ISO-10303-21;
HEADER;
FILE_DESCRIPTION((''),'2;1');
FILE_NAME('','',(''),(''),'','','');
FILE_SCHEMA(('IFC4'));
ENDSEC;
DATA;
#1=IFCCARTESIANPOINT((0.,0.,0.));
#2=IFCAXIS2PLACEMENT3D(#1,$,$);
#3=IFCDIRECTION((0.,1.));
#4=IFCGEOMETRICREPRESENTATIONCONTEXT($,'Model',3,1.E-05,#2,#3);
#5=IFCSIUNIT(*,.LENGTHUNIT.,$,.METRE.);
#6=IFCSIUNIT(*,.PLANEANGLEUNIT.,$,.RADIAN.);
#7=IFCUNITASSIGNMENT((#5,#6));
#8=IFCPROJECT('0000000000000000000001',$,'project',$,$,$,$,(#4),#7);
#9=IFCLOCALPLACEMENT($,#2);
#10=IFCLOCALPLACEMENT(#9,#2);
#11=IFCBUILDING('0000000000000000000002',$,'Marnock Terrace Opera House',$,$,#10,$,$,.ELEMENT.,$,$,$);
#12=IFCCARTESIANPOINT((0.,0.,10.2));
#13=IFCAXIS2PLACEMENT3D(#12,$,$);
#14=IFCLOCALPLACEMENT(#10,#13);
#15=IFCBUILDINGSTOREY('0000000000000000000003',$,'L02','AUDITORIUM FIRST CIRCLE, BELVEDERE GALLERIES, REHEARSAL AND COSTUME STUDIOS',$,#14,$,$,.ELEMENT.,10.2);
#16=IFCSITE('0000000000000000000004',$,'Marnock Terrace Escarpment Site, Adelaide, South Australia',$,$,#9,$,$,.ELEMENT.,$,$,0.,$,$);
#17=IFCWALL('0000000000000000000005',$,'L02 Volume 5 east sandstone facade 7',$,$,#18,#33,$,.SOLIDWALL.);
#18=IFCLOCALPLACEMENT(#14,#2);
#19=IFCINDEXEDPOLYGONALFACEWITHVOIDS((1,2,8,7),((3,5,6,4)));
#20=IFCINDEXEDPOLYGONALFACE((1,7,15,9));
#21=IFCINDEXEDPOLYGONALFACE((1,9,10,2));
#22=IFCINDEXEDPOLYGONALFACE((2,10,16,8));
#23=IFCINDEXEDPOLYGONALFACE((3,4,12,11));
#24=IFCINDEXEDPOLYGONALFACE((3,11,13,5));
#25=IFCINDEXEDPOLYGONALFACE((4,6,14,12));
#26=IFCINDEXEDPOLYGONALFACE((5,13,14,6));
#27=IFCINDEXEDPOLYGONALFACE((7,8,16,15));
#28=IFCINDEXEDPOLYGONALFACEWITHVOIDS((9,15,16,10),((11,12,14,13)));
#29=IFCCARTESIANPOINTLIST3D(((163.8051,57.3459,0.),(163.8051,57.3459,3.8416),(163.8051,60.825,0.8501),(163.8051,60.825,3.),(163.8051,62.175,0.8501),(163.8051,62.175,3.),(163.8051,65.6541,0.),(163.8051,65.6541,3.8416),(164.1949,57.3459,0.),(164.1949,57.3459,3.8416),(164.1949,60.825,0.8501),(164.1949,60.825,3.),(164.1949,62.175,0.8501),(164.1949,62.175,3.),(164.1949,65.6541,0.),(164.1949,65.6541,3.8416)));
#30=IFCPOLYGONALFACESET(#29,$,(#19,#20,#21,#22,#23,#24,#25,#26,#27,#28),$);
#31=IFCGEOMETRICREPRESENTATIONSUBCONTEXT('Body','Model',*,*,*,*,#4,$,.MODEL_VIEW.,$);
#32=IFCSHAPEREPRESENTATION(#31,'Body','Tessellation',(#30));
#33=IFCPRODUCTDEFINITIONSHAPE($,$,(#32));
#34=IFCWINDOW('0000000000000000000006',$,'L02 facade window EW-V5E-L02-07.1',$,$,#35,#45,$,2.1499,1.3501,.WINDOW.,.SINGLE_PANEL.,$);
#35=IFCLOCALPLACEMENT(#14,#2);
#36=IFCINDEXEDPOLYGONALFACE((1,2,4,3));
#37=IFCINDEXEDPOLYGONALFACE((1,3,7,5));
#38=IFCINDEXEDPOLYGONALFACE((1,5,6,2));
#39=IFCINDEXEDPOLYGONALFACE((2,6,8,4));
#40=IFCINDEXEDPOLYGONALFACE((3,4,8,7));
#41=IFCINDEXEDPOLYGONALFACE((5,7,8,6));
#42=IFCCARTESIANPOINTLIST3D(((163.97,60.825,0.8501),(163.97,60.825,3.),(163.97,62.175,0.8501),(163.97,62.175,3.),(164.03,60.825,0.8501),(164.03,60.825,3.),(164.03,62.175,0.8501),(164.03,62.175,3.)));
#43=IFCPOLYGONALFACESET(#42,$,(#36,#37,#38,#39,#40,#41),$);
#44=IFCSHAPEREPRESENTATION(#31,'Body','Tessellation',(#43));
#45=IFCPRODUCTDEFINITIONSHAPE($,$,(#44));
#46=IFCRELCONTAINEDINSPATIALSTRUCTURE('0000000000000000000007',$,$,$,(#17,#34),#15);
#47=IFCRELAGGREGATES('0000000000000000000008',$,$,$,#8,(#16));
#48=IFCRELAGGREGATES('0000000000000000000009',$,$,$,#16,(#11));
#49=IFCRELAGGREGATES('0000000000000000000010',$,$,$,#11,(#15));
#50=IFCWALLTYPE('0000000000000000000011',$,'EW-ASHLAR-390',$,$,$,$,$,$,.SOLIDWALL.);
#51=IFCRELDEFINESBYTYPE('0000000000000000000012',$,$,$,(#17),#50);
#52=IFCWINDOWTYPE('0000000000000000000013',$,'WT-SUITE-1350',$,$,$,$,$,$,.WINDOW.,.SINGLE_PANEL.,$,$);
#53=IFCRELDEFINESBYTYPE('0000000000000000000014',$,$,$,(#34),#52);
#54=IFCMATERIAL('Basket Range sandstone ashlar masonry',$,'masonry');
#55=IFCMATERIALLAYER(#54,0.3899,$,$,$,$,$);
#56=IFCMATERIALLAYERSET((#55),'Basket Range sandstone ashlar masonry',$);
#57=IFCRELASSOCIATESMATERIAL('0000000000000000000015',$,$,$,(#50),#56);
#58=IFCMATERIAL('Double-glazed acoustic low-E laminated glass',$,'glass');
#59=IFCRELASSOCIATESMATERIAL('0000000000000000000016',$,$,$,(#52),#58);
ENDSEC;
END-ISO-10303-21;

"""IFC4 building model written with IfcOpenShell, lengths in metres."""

from ifc_helpers import new_model, si_unit, direction, frame, frame_2d, origin, place, context, subcontext, project, spatial, rectangle, extrude, material, layer, layer_set, type_object, element, fill, save


model = new_model("IFC4")

# Units and contexts
model_context = context("Model", 3, precision=1e-05, world=origin(), true_north=direction((0.0, 1.0)))
body_context = subcontext(model_context, "Body", "Model", "MODEL_VIEW")
ifc_project = project(units=[si_unit("LENGTHUNIT", "METRE"), si_unit("PLANEANGLEUNIT", "RADIAN")], contexts=[model_context])

# Site, building, storey
site_placement = place(None, origin())
site = spatial("IfcSite", under=ifc_project, at=site_placement, Name="Marnock Terrace Escarpment Site, Adelaide, South Australia", CompositionType="ELEMENT", RefElevation=0.0)
building_placement = place(site_placement, origin())
building = spatial("IfcBuilding", under=site, at=building_placement, Name="Marnock Terrace Opera House", CompositionType="ELEMENT")
storey_placement = place(building_placement, frame((0.0, 0.0, 10.2)))
storey = spatial("IfcBuildingStorey", under=building, at=storey_placement, Name="L02", Description="AUDITORIUM FIRST CIRCLE, BELVEDERE GALLERIES, REHEARSAL AND COSTUME STUDIOS", CompositionType="ELEMENT", Elevation=10.2)

# Shared definitions
ifc_material_1 = material(Name="Double-glazed acoustic low-E laminated glass", Category="glass")

# Wall, opening, window
ifc_material_2 = material(Name="Basket Range sandstone ashlar masonry", Category="masonry")
ifc_layer_1 = layer(ifc_material_2, 0.3899)
ifc_layer_set_1 = layer_set([ifc_layer_1], Name="Basket Range sandstone ashlar masonry")
wall_type = type_object("IfcWallType", Name="EW-ASHLAR-390", PredefinedType="SOLIDWALL", material=ifc_layer_set_1)
wall_placement = place(storey_placement, frame((164.0, 57.3459, 0.0), z_axis=(0.0, 0.0, 1.0), x_axis=(0.0, 1.0, 0.0)))
wall = element("IfcWall", 1, at=wall_placement, inside=storey, type_object=wall_type, Name="L02 Volume 5 east sandstone facade 7", PredefinedType="SOLIDWALL", context=body_context, shape_type="SweptSolid", body=[
    extrude(rectangle(XDim=8.3081, YDim=0.3899, at=frame_2d((4.1541, 0.0))), origin(), (0.0, 0.0, 1.0), 3.8416),
])
opening_placement = place(wall_placement, frame((3.479, 0.0, 0.8501)))
opening = element("IfcOpeningElement", 2, at=opening_placement, cuts=wall, PredefinedType="OPENING", context=body_context, shape_type="SweptSolid", body=[
    extrude(rectangle(XDim=1.3501, YDim=2.1499, at=frame_2d((0.675, 1.075))), frame((0.0, 0.2048, 0.0), z_axis=(0.0, -1.0, 0.0), x_axis=(1.0, 0.0, 0.0)), (0.0, 0.0, 1.0), 0.4099),
])
window_type = type_object("IfcWindowType", Name="WT-SUITE-1350", PartitioningType="SINGLE_PANEL", PredefinedType="WINDOW", material=ifc_material_1)
window_placement = place(opening_placement, origin())
window = element("IfcWindow", 3, at=window_placement, inside=storey, type_object=window_type, Name="L02 facade window EW-V5E-L02-07.1", OverallHeight=2.1499, OverallWidth=1.3501, PartitioningType="SINGLE_PANEL", PredefinedType="WINDOW", context=body_context, shape_type="SweptSolid", body=[
    extrude(rectangle(XDim=1.3501, YDim=2.1499, at=frame_2d((0.675, 1.075))), frame((0.0, 0.03, 0.0), z_axis=(0.0, -1.0, 0.0), x_axis=(1.0, 0.0, 0.0)), (0.0, 0.0, 1.0), 0.0601),
])
fill(opening, window)

save(model, "model.ifc")
